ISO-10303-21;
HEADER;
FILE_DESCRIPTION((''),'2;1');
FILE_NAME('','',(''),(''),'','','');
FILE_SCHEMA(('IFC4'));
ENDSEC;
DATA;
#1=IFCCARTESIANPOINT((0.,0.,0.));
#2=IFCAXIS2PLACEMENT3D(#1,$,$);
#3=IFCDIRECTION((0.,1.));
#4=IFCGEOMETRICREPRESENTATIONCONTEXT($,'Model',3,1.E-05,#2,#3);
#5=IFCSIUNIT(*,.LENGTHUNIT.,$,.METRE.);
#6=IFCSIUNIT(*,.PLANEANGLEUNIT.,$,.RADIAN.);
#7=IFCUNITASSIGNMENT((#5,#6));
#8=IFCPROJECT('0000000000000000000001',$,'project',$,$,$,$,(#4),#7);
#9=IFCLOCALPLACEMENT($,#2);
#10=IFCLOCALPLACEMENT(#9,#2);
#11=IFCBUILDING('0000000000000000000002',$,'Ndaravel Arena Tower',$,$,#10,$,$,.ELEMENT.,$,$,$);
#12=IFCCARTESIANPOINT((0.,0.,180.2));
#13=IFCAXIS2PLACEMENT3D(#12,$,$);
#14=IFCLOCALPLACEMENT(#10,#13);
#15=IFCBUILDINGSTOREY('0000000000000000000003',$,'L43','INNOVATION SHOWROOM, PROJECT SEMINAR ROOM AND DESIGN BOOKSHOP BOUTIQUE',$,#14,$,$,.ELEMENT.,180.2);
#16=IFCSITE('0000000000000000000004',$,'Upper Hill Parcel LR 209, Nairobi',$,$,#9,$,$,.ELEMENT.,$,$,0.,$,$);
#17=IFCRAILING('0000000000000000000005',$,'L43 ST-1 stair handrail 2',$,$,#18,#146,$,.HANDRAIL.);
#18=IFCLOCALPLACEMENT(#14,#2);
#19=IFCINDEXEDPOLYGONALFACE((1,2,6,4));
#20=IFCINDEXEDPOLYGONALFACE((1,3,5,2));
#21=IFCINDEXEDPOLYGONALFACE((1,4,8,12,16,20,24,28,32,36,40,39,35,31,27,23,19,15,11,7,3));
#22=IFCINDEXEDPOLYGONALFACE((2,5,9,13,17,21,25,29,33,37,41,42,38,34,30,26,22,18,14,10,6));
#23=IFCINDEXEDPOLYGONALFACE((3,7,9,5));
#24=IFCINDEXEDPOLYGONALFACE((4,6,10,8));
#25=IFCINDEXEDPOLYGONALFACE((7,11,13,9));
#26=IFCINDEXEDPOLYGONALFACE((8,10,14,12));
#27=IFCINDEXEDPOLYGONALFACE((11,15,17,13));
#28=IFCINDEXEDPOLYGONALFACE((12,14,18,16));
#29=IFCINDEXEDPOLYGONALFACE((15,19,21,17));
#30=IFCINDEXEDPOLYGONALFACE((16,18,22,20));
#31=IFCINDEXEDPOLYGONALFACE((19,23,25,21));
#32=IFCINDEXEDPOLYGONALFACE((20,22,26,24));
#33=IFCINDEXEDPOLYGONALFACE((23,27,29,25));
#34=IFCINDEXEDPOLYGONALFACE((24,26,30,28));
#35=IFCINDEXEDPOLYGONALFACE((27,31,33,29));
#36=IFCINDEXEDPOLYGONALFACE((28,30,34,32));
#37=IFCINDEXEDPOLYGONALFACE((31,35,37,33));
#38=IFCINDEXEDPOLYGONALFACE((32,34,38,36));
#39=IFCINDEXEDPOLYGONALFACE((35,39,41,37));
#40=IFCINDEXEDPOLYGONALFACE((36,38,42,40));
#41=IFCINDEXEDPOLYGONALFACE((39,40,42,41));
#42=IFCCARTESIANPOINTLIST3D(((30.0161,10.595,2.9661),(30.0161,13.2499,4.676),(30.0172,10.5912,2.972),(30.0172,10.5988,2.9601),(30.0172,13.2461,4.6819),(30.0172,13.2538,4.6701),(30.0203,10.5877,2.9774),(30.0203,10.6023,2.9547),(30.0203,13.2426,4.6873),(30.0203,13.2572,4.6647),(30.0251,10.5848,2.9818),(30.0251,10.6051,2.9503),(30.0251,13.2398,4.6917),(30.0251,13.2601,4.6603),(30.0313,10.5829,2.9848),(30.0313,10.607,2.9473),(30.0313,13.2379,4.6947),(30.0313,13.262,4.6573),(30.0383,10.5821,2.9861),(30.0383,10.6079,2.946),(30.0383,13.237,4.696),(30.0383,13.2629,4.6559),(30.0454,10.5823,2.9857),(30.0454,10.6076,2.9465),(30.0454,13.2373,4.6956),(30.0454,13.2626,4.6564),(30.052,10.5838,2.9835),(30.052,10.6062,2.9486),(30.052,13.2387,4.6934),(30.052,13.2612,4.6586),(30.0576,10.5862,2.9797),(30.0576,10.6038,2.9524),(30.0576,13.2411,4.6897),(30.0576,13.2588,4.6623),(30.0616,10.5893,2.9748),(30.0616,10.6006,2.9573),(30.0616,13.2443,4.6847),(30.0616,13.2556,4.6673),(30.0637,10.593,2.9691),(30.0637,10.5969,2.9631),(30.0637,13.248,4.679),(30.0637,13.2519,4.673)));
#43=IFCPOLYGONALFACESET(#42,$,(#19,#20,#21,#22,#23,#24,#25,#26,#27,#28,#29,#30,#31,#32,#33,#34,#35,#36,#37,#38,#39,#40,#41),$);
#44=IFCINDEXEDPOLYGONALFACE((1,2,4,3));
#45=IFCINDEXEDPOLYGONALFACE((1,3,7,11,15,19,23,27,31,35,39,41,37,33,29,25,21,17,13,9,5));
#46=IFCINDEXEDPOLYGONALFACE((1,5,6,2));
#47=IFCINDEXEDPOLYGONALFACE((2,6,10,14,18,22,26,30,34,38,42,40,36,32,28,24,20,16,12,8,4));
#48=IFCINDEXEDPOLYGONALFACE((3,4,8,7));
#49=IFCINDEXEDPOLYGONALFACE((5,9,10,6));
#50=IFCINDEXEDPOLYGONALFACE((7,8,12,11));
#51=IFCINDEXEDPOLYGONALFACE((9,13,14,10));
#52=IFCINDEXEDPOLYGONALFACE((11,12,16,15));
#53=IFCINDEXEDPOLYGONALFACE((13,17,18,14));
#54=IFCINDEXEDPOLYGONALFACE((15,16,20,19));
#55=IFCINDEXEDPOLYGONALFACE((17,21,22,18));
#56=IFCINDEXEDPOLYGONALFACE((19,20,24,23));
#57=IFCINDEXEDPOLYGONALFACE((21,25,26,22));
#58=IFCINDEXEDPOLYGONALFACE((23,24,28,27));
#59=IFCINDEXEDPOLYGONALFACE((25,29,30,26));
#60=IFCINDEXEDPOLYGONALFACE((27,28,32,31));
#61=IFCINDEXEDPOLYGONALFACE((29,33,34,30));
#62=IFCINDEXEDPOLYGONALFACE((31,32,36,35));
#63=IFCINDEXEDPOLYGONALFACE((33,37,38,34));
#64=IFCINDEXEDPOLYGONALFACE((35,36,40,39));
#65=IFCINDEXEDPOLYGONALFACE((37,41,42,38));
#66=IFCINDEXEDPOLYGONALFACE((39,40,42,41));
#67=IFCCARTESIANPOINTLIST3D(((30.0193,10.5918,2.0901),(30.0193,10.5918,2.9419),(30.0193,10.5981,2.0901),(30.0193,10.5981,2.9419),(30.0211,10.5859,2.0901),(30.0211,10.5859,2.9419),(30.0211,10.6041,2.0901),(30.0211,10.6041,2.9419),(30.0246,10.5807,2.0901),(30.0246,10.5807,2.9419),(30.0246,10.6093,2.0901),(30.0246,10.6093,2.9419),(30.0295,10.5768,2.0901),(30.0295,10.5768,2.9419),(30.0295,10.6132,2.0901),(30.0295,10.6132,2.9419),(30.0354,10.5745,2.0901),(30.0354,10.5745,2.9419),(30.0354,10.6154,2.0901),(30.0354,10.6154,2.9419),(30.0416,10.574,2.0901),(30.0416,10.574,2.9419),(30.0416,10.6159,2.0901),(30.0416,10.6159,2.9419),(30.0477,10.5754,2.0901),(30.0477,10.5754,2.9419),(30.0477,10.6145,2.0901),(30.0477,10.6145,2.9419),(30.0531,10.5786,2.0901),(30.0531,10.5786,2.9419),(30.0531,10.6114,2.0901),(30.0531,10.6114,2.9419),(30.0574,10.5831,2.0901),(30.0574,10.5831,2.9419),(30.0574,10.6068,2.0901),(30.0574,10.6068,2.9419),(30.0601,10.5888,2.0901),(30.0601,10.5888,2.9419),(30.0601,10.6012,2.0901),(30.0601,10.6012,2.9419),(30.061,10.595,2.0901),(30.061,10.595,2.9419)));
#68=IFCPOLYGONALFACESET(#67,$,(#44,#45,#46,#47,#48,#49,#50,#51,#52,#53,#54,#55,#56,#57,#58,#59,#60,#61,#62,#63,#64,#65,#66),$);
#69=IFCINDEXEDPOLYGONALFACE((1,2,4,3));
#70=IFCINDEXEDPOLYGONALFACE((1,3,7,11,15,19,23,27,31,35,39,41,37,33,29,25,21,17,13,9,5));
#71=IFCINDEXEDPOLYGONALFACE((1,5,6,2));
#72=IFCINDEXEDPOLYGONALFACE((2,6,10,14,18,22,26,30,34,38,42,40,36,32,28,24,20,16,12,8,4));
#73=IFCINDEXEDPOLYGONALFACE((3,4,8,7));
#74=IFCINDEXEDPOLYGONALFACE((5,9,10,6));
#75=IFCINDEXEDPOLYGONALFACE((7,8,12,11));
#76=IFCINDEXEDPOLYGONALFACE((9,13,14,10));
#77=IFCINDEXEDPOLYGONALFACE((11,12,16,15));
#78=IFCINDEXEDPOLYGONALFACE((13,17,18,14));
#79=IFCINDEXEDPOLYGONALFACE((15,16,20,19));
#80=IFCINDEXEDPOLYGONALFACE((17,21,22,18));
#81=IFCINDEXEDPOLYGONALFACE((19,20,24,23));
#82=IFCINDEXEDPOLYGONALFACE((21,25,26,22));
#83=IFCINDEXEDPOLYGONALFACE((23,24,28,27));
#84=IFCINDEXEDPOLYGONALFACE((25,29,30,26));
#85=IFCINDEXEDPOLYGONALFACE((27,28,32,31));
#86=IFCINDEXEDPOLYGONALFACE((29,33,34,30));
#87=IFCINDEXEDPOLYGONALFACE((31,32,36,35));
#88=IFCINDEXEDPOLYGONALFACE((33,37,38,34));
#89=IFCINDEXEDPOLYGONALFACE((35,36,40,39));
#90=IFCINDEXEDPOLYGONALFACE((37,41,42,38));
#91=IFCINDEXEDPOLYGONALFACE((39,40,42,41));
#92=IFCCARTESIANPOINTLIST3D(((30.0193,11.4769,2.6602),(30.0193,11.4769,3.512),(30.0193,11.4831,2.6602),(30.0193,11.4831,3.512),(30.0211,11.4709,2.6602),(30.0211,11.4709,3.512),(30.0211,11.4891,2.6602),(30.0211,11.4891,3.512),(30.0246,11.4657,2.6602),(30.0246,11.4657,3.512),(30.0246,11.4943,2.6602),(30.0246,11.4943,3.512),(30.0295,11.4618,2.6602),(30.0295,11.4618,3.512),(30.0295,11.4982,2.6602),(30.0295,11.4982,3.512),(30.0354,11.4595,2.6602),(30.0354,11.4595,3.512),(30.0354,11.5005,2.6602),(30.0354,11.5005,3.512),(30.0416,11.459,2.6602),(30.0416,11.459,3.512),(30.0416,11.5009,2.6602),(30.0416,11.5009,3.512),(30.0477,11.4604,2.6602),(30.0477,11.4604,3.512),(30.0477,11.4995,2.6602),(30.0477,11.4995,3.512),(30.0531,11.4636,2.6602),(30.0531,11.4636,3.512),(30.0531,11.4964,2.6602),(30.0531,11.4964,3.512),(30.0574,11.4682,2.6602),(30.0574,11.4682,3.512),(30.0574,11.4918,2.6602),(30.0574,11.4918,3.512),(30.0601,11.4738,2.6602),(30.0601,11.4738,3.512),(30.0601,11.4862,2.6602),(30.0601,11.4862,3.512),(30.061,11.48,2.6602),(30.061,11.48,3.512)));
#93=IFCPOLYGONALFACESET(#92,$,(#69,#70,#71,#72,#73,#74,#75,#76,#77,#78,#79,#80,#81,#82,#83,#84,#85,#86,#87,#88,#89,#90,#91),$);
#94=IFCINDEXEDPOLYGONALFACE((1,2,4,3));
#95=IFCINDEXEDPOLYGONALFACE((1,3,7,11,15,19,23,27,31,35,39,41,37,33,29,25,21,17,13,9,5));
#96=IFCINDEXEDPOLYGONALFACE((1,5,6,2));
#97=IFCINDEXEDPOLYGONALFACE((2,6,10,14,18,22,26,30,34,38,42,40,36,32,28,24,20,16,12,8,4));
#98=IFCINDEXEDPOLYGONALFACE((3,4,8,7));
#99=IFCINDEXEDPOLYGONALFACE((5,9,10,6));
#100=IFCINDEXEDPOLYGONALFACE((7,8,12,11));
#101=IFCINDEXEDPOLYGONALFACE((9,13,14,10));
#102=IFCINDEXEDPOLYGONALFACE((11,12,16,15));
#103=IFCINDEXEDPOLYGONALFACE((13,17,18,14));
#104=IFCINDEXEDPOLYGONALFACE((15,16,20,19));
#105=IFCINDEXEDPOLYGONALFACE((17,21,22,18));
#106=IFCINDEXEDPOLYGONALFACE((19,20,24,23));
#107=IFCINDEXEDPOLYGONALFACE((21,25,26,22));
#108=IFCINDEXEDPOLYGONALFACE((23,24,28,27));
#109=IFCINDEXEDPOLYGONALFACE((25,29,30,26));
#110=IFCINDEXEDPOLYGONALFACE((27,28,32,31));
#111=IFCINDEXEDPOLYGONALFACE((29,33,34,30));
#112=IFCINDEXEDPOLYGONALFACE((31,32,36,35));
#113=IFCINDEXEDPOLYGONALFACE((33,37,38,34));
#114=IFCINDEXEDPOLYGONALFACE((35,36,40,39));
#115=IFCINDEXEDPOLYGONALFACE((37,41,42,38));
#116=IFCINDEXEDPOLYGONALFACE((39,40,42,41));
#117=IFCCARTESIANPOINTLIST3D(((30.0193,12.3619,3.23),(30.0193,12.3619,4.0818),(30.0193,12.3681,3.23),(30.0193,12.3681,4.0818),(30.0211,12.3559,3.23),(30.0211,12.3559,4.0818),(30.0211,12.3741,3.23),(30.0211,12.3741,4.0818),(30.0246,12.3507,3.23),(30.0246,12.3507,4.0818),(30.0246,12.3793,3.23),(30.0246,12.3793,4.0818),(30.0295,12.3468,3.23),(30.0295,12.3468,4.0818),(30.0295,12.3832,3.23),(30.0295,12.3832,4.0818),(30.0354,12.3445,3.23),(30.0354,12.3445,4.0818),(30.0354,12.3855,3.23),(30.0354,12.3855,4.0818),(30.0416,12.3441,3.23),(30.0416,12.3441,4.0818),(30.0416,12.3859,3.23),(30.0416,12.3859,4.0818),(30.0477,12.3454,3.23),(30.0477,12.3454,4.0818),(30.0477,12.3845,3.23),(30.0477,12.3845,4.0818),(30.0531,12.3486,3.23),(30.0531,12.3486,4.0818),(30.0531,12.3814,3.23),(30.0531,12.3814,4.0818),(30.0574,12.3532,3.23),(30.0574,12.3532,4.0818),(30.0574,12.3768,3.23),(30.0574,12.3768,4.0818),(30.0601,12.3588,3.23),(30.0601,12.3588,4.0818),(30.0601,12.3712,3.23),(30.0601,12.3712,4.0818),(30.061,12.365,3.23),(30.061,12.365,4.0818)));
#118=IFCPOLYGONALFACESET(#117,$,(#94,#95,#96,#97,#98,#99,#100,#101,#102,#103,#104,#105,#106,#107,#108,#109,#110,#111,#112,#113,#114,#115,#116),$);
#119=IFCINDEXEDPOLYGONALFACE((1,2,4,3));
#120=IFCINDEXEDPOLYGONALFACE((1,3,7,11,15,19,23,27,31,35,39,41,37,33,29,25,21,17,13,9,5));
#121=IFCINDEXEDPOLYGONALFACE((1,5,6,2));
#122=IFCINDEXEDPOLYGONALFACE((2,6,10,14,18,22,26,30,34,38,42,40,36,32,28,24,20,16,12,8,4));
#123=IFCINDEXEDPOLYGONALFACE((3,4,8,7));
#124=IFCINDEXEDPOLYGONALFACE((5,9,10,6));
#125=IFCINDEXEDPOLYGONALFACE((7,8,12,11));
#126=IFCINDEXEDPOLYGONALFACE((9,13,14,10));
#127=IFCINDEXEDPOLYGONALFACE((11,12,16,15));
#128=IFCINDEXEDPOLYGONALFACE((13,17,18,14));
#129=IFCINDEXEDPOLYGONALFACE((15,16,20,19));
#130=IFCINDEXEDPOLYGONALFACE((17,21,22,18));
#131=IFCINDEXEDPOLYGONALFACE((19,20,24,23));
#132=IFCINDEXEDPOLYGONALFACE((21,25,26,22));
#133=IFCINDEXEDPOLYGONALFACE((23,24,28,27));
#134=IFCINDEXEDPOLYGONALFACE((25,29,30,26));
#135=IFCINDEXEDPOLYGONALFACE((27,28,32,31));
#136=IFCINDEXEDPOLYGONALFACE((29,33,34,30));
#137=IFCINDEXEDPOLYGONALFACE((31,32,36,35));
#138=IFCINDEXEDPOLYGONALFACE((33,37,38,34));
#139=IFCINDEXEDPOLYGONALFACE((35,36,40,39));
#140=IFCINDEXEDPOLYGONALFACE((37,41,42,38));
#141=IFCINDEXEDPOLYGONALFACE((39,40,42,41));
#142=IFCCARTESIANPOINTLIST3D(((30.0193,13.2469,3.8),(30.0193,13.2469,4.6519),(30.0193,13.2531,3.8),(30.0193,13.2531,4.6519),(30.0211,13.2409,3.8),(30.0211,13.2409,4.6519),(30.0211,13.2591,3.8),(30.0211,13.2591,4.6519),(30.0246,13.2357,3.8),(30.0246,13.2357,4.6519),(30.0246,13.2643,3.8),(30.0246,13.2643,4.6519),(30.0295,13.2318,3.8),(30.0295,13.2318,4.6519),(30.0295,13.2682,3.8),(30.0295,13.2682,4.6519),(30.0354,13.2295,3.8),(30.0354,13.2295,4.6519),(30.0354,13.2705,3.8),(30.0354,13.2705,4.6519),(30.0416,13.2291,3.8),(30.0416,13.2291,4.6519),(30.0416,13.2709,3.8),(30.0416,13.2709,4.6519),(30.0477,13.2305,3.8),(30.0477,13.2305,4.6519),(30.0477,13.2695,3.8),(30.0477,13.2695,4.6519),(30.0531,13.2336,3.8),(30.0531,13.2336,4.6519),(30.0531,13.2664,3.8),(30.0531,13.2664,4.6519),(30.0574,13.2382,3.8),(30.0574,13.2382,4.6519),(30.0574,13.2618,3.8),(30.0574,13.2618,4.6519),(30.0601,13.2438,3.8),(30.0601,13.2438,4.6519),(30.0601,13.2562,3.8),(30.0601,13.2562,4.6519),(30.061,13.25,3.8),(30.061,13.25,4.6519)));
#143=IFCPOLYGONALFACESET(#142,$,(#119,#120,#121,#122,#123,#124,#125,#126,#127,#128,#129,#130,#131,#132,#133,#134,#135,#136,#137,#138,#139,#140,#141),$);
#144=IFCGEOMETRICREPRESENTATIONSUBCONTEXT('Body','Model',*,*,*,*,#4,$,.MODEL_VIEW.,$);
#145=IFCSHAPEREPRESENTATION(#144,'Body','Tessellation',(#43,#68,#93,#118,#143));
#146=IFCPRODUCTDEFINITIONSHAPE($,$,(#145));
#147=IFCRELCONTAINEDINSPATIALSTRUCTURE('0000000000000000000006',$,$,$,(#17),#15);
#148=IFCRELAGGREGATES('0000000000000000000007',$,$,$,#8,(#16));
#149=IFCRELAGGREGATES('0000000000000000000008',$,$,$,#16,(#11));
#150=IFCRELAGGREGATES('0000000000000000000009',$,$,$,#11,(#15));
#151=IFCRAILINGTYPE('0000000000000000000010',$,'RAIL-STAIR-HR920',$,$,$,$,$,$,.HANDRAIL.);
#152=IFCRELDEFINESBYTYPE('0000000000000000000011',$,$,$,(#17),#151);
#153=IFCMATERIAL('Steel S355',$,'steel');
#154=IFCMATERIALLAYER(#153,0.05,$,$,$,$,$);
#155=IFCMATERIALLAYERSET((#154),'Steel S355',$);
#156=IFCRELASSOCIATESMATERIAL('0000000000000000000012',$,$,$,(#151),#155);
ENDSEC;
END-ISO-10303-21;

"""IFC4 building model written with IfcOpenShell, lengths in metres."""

from ifc_helpers import new_model, si_unit, direction, frame, origin, origin_2d, place, context, subcontext, project, spatial, circle, extrude, material, layer, layer_set, type_object, element, save


model = new_model("IFC4")

# Units and contexts
model_context = context("Model", 3, precision=1e-05, world=origin(), true_north=direction((0.0, 1.0)))
body_context = subcontext(model_context, "Body", "Model", "MODEL_VIEW")
ifc_project = project(units=[si_unit("LENGTHUNIT", "METRE"), si_unit("PLANEANGLEUNIT", "RADIAN")], contexts=[model_context])

# Site, building, storey
site_placement = place(None, origin())
site = spatial("IfcSite", under=ifc_project, at=site_placement, Name="Upper Hill Parcel LR 209, Nairobi", CompositionType="ELEMENT", RefElevation=0.0)
building_placement = place(site_placement, origin())
building = spatial("IfcBuilding", under=site, at=building_placement, Name="Ndaravel Arena Tower", CompositionType="ELEMENT")
storey_placement = place(building_placement, frame((0.0, 0.0, 180.2)))
storey = spatial("IfcBuildingStorey", under=building, at=storey_placement, Name="L43", Description="INNOVATION SHOWROOM, PROJECT SEMINAR ROOM AND DESIGN BOOKSHOP BOUTIQUE", CompositionType="ELEMENT", Elevation=180.2)

# Railing
ifc_material_1 = material(Name="Steel S355", Category="steel")
ifc_layer_1 = layer(ifc_material_1, 0.05)
ifc_layer_set_1 = layer_set([ifc_layer_1], Name="Steel S355")
railing_type_1 = type_object("IfcRailingType", Name="RAIL-STAIR-HR920", PredefinedType="HANDRAIL", material=ifc_layer_set_1)
railing_1_placement = place(storey_placement, frame((30.04, 10.595, 2.0901)))
element("IfcRailing", 1, at=railing_1_placement, inside=storey, type_object=railing_type_1, Name="L43 ST-1 stair handrail 2", PredefinedType="HANDRAIL", context=body_context, shape_type="SweptSolid", body=[
    extrude(circle(Radius=0.0239, at=origin_2d()), frame((0.0, 0.0, 0.876), z_axis=(0.0, 0.840724, 0.541465), x_axis=(-1.0, 0.0, 0.0)), (0.0, 0.0, 1.0), 3.158),
    extrude(circle(Radius=0.021, at=origin_2d()), origin(), (0.0, 0.0, 1.0), 0.8518),
    extrude(circle(Radius=0.021, at=origin_2d()), frame((0.0, 0.885, 0.5701)), (0.0, 0.0, 1.0), 0.8518),
    extrude(circle(Radius=0.021, at=origin_2d()), frame((0.0, 1.77, 1.1399)), (0.0, 0.0, 1.0), 0.8518),
    extrude(circle(Radius=0.021, at=origin_2d()), frame((0.0, 2.655, 1.71)), (0.0, 0.0, 1.0), 0.8518),
])

save(model, "model.ifc")
